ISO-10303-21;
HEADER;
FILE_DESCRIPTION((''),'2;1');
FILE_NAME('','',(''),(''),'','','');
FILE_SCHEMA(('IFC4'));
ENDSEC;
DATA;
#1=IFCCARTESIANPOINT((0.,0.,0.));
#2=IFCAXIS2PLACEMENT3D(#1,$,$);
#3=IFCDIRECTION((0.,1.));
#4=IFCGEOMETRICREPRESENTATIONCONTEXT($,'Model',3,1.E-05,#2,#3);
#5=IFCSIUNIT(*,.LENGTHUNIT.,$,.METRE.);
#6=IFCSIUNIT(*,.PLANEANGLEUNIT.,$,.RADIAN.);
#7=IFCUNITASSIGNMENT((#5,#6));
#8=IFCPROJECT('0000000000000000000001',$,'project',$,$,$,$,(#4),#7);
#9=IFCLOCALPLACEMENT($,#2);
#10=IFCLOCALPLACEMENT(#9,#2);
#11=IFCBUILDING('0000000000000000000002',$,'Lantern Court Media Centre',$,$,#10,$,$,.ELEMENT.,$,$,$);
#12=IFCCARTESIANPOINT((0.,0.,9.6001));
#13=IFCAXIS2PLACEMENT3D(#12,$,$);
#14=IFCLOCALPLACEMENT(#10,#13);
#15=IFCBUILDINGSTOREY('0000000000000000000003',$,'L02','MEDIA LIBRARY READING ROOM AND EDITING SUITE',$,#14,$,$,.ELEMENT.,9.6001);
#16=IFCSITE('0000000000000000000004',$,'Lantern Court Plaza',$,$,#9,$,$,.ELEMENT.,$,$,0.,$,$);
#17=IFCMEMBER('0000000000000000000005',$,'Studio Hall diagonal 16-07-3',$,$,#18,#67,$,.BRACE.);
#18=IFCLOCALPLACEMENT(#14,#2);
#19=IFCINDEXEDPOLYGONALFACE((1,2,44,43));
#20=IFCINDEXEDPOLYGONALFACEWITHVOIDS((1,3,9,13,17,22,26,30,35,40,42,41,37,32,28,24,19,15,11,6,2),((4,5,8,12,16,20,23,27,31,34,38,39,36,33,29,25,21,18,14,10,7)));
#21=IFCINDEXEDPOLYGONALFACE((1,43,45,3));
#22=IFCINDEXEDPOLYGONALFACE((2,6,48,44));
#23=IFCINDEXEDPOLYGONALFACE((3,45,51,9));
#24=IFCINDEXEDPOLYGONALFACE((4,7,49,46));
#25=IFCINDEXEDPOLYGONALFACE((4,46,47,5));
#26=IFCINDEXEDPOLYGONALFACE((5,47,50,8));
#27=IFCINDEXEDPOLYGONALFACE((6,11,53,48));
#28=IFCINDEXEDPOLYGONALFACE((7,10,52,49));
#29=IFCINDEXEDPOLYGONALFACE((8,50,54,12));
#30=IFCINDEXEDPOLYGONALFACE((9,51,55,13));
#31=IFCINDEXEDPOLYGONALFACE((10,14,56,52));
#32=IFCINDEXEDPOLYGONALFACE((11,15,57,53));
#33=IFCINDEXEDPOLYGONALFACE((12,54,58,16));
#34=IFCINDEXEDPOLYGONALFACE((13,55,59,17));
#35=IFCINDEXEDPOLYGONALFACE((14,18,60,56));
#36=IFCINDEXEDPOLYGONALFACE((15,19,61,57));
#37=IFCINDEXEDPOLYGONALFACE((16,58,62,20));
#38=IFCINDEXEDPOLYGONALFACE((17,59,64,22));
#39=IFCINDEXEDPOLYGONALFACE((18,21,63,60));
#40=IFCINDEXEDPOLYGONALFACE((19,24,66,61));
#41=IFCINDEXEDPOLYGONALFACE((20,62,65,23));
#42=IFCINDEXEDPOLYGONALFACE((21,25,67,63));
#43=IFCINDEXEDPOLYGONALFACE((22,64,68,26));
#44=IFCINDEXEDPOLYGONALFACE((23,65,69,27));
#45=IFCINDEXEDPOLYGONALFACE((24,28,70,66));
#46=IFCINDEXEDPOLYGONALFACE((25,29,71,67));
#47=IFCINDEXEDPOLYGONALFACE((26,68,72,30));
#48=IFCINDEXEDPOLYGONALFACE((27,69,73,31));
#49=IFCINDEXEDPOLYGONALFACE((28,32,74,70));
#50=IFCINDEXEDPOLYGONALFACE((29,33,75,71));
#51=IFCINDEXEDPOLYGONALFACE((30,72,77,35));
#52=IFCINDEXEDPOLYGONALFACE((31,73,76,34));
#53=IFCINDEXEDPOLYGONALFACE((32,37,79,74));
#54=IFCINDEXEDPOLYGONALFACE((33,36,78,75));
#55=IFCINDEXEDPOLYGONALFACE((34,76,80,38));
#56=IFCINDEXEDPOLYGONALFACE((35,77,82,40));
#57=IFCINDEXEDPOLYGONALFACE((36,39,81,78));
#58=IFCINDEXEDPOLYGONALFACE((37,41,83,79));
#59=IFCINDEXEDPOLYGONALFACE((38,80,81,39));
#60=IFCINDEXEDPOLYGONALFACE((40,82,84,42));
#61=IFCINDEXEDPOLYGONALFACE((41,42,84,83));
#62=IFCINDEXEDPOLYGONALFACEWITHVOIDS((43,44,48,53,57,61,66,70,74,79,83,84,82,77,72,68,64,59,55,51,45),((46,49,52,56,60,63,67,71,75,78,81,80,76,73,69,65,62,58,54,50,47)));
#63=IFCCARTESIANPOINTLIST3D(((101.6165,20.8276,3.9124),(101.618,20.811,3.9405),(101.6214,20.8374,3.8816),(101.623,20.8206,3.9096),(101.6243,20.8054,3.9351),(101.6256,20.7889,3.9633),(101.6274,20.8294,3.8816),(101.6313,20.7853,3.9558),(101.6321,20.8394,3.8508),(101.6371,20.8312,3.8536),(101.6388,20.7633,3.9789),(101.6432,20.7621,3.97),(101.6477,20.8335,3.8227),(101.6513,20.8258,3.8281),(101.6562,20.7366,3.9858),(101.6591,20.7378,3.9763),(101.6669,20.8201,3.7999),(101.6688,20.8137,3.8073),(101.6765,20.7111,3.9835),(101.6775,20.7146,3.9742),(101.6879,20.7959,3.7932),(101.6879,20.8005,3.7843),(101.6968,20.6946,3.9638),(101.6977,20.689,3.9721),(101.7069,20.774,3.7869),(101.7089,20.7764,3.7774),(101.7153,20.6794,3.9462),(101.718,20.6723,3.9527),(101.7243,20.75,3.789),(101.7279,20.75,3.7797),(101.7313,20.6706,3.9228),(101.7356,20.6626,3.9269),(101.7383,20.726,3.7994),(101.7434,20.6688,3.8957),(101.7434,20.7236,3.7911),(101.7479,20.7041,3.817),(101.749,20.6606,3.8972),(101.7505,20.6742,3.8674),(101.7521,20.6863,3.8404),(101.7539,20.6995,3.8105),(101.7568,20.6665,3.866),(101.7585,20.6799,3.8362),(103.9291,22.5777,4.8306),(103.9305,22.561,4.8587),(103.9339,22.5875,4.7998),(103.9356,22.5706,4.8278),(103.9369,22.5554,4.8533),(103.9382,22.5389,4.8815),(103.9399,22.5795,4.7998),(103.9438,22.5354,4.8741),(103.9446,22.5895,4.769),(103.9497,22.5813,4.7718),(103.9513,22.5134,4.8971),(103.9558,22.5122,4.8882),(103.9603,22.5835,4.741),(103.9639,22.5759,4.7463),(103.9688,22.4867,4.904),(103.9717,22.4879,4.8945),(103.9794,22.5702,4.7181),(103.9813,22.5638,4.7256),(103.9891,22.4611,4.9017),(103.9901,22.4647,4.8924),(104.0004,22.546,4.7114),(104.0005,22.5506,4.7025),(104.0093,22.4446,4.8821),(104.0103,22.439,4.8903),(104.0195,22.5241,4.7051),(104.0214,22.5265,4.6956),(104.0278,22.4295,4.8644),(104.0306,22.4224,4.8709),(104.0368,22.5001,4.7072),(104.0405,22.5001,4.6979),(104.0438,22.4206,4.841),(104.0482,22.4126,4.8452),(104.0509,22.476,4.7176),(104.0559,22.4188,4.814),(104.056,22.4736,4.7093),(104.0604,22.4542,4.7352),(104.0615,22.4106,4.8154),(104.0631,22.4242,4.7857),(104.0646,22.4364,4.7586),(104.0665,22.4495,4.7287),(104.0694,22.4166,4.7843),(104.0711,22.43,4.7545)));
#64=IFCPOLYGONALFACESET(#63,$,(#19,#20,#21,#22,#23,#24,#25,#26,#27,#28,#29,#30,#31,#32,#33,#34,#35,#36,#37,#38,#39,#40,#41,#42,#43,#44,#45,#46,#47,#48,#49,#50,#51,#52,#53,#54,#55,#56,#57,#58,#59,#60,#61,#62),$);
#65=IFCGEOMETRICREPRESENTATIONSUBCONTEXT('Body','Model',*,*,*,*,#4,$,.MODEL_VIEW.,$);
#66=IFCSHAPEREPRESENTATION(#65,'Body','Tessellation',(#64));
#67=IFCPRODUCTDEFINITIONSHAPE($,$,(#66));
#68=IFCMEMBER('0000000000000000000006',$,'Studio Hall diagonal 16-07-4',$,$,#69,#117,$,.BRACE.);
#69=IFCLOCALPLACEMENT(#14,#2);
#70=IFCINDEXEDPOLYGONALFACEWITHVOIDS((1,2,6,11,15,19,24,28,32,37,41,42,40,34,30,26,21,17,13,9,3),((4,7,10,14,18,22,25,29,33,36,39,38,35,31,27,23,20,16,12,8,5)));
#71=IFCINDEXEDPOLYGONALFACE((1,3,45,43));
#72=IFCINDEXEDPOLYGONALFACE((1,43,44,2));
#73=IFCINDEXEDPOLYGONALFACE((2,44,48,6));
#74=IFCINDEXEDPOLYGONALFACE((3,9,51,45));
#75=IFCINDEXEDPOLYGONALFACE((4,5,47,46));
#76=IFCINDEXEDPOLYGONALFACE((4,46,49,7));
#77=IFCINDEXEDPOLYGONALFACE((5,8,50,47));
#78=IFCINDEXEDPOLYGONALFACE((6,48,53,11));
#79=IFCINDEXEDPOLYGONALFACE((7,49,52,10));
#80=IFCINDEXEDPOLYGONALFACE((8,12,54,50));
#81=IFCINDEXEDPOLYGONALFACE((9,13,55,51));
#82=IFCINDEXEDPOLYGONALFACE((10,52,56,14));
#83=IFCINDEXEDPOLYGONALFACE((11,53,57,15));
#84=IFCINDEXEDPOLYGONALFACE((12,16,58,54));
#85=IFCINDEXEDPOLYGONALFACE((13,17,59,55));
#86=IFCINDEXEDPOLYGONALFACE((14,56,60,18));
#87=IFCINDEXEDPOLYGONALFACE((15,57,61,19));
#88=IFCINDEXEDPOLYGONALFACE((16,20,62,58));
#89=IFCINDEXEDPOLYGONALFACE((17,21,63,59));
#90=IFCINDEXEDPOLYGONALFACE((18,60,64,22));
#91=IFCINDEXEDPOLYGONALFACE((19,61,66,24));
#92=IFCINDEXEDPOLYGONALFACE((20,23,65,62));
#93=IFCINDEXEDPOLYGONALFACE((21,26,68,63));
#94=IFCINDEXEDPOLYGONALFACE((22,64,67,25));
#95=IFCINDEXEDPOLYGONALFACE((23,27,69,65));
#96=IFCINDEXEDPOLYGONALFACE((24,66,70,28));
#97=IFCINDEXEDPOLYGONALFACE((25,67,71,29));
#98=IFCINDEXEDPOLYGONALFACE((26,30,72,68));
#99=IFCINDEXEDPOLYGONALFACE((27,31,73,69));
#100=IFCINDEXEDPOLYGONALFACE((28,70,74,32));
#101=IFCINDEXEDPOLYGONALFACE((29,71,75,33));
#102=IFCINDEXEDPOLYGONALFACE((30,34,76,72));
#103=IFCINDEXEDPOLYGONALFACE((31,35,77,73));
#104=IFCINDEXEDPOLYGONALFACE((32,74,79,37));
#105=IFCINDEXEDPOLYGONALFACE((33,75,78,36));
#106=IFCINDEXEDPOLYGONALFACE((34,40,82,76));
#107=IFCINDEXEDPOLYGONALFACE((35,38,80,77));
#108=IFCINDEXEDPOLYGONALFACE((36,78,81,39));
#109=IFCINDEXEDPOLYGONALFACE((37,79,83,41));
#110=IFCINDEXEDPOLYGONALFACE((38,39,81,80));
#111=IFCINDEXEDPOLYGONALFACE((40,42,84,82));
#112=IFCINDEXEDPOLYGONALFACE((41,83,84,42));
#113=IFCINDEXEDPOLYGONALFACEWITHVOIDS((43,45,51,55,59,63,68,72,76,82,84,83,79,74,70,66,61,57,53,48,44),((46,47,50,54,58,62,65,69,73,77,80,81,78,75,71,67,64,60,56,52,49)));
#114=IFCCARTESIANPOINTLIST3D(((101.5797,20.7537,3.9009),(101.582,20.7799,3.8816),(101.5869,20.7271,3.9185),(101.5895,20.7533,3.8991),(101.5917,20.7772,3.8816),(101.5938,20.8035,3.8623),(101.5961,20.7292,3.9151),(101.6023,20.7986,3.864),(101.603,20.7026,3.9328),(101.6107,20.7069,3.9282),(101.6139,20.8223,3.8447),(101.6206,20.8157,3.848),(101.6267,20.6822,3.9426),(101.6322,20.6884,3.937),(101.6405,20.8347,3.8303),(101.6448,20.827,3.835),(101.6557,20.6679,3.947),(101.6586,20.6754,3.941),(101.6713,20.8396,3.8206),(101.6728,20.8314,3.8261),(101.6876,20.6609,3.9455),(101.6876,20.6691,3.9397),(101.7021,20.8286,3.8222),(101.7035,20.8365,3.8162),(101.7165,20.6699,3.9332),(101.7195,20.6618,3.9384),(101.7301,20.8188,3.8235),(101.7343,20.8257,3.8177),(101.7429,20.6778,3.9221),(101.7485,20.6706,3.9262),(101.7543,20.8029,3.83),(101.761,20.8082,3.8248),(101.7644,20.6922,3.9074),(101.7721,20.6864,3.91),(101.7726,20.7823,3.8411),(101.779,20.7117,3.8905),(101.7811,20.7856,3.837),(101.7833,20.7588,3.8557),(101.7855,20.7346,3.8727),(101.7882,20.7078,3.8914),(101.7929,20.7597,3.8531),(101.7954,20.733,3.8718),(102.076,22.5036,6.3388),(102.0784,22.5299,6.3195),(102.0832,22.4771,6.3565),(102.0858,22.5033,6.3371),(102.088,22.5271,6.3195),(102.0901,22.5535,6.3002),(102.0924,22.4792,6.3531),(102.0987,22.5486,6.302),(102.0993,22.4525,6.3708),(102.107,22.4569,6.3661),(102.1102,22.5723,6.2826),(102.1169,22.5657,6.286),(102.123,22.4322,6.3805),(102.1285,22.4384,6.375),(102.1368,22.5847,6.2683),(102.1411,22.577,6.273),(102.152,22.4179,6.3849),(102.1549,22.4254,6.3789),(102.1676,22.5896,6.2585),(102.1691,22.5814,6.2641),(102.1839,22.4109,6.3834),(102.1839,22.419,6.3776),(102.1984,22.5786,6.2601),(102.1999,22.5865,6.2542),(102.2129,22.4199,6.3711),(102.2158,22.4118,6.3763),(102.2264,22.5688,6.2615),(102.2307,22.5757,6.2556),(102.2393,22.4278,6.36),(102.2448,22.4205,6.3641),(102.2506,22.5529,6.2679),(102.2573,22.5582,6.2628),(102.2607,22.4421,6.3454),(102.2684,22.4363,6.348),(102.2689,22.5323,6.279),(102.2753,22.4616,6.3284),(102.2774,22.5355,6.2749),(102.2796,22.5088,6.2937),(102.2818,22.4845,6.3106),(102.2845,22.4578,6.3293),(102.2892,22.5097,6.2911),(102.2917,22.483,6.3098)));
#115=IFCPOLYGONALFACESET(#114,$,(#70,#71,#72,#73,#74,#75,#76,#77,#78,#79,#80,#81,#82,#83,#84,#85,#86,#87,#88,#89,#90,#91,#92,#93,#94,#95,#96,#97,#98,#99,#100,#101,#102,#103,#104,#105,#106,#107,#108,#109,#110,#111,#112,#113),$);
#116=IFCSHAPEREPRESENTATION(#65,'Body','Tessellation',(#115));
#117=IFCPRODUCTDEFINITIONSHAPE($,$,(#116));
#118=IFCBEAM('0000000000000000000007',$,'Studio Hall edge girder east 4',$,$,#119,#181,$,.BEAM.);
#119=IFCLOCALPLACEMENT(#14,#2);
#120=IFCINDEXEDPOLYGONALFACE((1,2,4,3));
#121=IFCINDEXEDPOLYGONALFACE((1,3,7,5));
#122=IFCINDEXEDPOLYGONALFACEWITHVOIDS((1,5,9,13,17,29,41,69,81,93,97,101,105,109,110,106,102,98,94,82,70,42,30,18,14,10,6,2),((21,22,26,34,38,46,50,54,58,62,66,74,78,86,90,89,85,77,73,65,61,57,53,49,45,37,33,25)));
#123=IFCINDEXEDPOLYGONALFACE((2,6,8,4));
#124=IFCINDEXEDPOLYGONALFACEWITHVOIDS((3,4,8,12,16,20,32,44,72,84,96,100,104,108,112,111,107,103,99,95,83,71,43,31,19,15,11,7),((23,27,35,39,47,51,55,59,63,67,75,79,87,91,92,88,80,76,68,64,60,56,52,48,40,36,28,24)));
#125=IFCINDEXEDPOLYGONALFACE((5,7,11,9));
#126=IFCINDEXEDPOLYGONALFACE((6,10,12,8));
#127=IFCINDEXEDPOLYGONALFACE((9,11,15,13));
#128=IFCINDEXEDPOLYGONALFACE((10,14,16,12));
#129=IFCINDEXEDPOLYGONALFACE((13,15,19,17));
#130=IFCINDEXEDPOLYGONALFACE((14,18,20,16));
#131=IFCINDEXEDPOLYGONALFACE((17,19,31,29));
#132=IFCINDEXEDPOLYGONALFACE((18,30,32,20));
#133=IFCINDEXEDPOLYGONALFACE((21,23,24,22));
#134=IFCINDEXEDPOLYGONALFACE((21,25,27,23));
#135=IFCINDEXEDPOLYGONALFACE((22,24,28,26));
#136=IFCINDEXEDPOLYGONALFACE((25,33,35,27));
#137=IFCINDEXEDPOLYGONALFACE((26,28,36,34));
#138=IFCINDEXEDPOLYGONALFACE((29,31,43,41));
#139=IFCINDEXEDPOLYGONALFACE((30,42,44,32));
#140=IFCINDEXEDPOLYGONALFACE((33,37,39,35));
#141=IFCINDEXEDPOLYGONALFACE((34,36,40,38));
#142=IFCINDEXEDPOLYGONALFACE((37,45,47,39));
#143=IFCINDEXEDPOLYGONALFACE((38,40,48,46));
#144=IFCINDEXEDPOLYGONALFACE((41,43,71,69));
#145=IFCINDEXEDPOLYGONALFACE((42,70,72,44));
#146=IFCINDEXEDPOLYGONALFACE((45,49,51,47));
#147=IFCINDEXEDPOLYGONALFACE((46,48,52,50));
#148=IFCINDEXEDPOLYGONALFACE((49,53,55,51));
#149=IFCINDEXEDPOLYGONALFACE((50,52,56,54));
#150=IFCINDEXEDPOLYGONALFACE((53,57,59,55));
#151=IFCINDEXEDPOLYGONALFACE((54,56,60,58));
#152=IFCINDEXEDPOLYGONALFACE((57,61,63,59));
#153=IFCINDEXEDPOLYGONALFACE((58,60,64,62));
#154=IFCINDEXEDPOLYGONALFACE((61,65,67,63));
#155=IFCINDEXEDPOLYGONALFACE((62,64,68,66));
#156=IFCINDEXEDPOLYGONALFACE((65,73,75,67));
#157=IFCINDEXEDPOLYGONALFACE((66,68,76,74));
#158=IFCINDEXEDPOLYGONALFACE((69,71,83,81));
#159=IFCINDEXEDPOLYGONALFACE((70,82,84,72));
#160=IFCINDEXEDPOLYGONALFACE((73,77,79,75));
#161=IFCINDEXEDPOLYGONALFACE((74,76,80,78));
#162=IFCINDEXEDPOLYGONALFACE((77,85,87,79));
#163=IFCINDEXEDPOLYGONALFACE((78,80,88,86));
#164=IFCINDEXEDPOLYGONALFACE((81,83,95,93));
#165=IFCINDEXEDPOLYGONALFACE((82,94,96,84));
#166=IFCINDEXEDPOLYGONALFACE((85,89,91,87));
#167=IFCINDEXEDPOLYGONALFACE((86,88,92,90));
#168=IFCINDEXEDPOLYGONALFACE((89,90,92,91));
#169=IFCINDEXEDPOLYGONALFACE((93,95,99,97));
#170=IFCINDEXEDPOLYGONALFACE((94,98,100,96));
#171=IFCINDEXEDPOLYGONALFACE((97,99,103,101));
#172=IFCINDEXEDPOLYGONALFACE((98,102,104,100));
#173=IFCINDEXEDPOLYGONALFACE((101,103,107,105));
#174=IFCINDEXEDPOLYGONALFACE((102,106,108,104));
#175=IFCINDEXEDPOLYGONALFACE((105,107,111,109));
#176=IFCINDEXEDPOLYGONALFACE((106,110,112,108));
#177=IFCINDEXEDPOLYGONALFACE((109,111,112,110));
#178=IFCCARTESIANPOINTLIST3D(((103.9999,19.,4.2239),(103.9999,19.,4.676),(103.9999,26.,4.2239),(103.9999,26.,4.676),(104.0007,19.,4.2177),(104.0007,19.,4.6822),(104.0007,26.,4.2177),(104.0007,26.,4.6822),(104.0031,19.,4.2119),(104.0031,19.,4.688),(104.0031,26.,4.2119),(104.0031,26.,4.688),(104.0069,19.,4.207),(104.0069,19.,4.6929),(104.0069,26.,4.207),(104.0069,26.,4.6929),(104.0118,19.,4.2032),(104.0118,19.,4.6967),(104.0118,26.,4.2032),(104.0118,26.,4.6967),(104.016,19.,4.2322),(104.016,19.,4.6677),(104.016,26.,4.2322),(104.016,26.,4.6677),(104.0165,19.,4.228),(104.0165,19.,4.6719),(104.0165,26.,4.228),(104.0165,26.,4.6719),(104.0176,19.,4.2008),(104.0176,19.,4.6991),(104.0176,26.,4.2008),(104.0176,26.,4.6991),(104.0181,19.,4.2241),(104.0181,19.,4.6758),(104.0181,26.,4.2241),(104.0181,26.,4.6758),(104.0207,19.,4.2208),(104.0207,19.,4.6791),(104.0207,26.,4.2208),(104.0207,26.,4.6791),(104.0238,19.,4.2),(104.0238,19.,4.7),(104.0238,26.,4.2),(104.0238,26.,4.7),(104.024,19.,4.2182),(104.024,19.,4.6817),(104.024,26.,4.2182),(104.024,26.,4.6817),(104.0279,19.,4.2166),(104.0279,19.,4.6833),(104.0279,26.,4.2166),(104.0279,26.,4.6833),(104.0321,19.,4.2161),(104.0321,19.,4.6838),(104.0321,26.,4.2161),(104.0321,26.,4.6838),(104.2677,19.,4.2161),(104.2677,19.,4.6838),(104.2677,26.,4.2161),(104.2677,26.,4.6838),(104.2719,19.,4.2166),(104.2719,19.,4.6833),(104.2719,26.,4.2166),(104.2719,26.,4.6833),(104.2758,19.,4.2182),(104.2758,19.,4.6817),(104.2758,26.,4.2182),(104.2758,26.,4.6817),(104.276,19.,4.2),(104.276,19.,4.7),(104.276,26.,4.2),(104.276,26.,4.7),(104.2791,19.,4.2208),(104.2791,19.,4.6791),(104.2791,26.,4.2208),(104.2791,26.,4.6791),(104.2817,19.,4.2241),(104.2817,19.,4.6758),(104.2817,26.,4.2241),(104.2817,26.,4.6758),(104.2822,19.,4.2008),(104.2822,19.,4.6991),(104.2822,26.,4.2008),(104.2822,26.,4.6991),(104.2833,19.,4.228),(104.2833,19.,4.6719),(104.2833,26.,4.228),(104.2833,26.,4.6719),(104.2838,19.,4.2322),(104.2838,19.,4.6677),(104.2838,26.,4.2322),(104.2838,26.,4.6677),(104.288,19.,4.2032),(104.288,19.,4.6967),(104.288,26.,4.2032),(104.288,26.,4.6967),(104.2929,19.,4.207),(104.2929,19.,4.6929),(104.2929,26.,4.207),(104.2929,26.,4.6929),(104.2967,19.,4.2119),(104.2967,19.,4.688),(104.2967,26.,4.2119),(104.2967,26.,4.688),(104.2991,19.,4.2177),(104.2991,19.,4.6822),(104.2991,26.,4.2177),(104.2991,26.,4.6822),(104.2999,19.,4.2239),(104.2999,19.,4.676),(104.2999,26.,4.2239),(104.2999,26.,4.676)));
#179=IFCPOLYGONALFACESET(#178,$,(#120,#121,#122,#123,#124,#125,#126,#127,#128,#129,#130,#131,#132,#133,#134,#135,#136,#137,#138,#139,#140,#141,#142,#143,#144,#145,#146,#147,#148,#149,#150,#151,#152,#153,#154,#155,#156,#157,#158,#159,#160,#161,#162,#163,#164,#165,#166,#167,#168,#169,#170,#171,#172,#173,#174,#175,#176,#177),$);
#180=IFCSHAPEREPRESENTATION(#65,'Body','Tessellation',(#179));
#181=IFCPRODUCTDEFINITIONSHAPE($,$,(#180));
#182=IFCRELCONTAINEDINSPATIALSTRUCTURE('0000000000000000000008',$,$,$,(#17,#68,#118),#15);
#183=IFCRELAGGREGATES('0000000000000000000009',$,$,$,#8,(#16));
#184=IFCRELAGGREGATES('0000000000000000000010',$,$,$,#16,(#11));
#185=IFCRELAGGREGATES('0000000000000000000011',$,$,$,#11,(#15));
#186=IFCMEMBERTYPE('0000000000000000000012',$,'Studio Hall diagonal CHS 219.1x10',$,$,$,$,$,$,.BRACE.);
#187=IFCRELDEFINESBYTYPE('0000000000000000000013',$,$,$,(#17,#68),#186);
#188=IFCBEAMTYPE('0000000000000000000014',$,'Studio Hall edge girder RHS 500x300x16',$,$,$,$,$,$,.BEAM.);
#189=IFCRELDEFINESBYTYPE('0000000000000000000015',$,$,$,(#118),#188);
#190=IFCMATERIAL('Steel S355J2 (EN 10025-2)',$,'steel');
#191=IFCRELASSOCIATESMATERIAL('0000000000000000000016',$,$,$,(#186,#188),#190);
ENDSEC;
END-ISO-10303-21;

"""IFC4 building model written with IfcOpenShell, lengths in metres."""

from ifc_helpers import new_model, si_unit, direction, frame, origin, origin_2d, place, context, subcontext, project, spatial, hollow_rectangle, hollow_circle, extrude, material, material_profile, profile_set, type_object, element, save


model = new_model("IFC4")

# Units and contexts
model_context = context("Model", 3, precision=1e-05, world=origin(), true_north=direction((0.0, 1.0)))
body_context = subcontext(model_context, "Body", "Model", "MODEL_VIEW")
ifc_project = project(units=[si_unit("LENGTHUNIT", "METRE"), si_unit("PLANEANGLEUNIT", "RADIAN")], contexts=[model_context])

# Site, building, storey
site_placement = place(None, origin())
site = spatial("IfcSite", under=ifc_project, at=site_placement, Name="Lantern Court Plaza", CompositionType="ELEMENT", RefElevation=0.0)
building_placement = place(site_placement, origin())
building = spatial("IfcBuilding", under=site, at=building_placement, Name="Lantern Court Media Centre", CompositionType="ELEMENT")
storey_placement = place(building_placement, frame((0.0, 0.0, 9.6001)))
storey = spatial("IfcBuildingStorey", under=building, at=storey_placement, Name="L02", Description="MEDIA LIBRARY READING ROOM AND EDITING SUITE", CompositionType="ELEMENT", Elevation=9.6001)

# Shared definitions
ifc_material_1 = material(Name="Steel S355J2 (EN 10025-2)", Category="steel")

# Members
ifc_material_profile_1 = material_profile(ifc_material_1, hollow_circle(Radius=0.1096, WallThickness=0.01, at=origin_2d()), Name="Studio Hall diagonal CHS 219.1x10")
ifc_profile_set_1 = profile_set([ifc_material_profile_1], Name="Steel S355J2 (EN 10025-2)")
member_type_1 = type_object("IfcMemberType", Name="Studio Hall diagonal CHS 219.1x10", PredefinedType="BRACE", material=ifc_profile_set_1)
for number, where, z_axis, x_axis, name in (
    (1, (101.6875, 20.75, 3.8816), (0.760211, 0.575295, 0.301853), (-0.603443, 0.797406, 0.0), "Studio Hall diagonal 16-07-3"),
):
    element("IfcMember", number, at=place(storey_placement, frame(where, z_axis=z_axis, x_axis=x_axis)), inside=storey, type_object=member_type_1, Name=name, PredefinedType="BRACE", context=body_context, shape_type="SweptSolid", body=[
        extrude(hollow_circle(Radius=0.1096, WallThickness=0.01, at=origin_2d()), origin(), (0.0, 0.0, 1.0), 3.042),
    ])
member_1_placement = place(storey_placement, frame((101.6875, 20.75, 3.8816), z_axis=(0.163172, 0.575314, 0.801491), x_axis=(-0.962054, 0.272859, 0.0)))
element("IfcMember", 2, at=member_1_placement, inside=storey, type_object=member_type_1, Name="Studio Hall diagonal 16-07-4", PredefinedType="BRACE", context=body_context, shape_type="SweptSolid", body=[
    extrude(hollow_circle(Radius=0.1096, WallThickness=0.01, at=origin_2d()), origin(), (0.0, 0.0, 1.0), 3.0417),
])

# Beam
ifc_material_profile_2 = material_profile(ifc_material_1, hollow_rectangle(XDim=0.3, YDim=0.5, WallThickness=0.0161, InnerFilletRadius=0.0161, OuterFilletRadius=0.0239, at=origin_2d()), Name="Studio Hall edge girder RHS 500x300x16")
ifc_profile_set_2 = profile_set([ifc_material_profile_2], Name="Steel S355J2 (EN 10025-2)")
beam_type_1 = type_object("IfcBeamType", Name="Studio Hall edge girder RHS 500x300x16", PredefinedType="BEAM", material=ifc_profile_set_2)
beam_1_placement = place(storey_placement, frame((104.1499, 19.0, 4.45), z_axis=(0.0, 1.0, 0.0), x_axis=(-1.0, 0.0, 0.0)))
element("IfcBeam", 3, at=beam_1_placement, inside=storey, type_object=beam_type_1, Name="Studio Hall edge girder east 4", PredefinedType="BEAM", context=body_context, shape_type="SweptSolid", body=[
    extrude(hollow_rectangle(XDim=0.3, YDim=0.5, WallThickness=0.0161, InnerFilletRadius=0.0161, OuterFilletRadius=0.0239, at=origin_2d()), origin(), (0.0, 0.0, 1.0), 7.0),
])

save(model, "model.ifc")
